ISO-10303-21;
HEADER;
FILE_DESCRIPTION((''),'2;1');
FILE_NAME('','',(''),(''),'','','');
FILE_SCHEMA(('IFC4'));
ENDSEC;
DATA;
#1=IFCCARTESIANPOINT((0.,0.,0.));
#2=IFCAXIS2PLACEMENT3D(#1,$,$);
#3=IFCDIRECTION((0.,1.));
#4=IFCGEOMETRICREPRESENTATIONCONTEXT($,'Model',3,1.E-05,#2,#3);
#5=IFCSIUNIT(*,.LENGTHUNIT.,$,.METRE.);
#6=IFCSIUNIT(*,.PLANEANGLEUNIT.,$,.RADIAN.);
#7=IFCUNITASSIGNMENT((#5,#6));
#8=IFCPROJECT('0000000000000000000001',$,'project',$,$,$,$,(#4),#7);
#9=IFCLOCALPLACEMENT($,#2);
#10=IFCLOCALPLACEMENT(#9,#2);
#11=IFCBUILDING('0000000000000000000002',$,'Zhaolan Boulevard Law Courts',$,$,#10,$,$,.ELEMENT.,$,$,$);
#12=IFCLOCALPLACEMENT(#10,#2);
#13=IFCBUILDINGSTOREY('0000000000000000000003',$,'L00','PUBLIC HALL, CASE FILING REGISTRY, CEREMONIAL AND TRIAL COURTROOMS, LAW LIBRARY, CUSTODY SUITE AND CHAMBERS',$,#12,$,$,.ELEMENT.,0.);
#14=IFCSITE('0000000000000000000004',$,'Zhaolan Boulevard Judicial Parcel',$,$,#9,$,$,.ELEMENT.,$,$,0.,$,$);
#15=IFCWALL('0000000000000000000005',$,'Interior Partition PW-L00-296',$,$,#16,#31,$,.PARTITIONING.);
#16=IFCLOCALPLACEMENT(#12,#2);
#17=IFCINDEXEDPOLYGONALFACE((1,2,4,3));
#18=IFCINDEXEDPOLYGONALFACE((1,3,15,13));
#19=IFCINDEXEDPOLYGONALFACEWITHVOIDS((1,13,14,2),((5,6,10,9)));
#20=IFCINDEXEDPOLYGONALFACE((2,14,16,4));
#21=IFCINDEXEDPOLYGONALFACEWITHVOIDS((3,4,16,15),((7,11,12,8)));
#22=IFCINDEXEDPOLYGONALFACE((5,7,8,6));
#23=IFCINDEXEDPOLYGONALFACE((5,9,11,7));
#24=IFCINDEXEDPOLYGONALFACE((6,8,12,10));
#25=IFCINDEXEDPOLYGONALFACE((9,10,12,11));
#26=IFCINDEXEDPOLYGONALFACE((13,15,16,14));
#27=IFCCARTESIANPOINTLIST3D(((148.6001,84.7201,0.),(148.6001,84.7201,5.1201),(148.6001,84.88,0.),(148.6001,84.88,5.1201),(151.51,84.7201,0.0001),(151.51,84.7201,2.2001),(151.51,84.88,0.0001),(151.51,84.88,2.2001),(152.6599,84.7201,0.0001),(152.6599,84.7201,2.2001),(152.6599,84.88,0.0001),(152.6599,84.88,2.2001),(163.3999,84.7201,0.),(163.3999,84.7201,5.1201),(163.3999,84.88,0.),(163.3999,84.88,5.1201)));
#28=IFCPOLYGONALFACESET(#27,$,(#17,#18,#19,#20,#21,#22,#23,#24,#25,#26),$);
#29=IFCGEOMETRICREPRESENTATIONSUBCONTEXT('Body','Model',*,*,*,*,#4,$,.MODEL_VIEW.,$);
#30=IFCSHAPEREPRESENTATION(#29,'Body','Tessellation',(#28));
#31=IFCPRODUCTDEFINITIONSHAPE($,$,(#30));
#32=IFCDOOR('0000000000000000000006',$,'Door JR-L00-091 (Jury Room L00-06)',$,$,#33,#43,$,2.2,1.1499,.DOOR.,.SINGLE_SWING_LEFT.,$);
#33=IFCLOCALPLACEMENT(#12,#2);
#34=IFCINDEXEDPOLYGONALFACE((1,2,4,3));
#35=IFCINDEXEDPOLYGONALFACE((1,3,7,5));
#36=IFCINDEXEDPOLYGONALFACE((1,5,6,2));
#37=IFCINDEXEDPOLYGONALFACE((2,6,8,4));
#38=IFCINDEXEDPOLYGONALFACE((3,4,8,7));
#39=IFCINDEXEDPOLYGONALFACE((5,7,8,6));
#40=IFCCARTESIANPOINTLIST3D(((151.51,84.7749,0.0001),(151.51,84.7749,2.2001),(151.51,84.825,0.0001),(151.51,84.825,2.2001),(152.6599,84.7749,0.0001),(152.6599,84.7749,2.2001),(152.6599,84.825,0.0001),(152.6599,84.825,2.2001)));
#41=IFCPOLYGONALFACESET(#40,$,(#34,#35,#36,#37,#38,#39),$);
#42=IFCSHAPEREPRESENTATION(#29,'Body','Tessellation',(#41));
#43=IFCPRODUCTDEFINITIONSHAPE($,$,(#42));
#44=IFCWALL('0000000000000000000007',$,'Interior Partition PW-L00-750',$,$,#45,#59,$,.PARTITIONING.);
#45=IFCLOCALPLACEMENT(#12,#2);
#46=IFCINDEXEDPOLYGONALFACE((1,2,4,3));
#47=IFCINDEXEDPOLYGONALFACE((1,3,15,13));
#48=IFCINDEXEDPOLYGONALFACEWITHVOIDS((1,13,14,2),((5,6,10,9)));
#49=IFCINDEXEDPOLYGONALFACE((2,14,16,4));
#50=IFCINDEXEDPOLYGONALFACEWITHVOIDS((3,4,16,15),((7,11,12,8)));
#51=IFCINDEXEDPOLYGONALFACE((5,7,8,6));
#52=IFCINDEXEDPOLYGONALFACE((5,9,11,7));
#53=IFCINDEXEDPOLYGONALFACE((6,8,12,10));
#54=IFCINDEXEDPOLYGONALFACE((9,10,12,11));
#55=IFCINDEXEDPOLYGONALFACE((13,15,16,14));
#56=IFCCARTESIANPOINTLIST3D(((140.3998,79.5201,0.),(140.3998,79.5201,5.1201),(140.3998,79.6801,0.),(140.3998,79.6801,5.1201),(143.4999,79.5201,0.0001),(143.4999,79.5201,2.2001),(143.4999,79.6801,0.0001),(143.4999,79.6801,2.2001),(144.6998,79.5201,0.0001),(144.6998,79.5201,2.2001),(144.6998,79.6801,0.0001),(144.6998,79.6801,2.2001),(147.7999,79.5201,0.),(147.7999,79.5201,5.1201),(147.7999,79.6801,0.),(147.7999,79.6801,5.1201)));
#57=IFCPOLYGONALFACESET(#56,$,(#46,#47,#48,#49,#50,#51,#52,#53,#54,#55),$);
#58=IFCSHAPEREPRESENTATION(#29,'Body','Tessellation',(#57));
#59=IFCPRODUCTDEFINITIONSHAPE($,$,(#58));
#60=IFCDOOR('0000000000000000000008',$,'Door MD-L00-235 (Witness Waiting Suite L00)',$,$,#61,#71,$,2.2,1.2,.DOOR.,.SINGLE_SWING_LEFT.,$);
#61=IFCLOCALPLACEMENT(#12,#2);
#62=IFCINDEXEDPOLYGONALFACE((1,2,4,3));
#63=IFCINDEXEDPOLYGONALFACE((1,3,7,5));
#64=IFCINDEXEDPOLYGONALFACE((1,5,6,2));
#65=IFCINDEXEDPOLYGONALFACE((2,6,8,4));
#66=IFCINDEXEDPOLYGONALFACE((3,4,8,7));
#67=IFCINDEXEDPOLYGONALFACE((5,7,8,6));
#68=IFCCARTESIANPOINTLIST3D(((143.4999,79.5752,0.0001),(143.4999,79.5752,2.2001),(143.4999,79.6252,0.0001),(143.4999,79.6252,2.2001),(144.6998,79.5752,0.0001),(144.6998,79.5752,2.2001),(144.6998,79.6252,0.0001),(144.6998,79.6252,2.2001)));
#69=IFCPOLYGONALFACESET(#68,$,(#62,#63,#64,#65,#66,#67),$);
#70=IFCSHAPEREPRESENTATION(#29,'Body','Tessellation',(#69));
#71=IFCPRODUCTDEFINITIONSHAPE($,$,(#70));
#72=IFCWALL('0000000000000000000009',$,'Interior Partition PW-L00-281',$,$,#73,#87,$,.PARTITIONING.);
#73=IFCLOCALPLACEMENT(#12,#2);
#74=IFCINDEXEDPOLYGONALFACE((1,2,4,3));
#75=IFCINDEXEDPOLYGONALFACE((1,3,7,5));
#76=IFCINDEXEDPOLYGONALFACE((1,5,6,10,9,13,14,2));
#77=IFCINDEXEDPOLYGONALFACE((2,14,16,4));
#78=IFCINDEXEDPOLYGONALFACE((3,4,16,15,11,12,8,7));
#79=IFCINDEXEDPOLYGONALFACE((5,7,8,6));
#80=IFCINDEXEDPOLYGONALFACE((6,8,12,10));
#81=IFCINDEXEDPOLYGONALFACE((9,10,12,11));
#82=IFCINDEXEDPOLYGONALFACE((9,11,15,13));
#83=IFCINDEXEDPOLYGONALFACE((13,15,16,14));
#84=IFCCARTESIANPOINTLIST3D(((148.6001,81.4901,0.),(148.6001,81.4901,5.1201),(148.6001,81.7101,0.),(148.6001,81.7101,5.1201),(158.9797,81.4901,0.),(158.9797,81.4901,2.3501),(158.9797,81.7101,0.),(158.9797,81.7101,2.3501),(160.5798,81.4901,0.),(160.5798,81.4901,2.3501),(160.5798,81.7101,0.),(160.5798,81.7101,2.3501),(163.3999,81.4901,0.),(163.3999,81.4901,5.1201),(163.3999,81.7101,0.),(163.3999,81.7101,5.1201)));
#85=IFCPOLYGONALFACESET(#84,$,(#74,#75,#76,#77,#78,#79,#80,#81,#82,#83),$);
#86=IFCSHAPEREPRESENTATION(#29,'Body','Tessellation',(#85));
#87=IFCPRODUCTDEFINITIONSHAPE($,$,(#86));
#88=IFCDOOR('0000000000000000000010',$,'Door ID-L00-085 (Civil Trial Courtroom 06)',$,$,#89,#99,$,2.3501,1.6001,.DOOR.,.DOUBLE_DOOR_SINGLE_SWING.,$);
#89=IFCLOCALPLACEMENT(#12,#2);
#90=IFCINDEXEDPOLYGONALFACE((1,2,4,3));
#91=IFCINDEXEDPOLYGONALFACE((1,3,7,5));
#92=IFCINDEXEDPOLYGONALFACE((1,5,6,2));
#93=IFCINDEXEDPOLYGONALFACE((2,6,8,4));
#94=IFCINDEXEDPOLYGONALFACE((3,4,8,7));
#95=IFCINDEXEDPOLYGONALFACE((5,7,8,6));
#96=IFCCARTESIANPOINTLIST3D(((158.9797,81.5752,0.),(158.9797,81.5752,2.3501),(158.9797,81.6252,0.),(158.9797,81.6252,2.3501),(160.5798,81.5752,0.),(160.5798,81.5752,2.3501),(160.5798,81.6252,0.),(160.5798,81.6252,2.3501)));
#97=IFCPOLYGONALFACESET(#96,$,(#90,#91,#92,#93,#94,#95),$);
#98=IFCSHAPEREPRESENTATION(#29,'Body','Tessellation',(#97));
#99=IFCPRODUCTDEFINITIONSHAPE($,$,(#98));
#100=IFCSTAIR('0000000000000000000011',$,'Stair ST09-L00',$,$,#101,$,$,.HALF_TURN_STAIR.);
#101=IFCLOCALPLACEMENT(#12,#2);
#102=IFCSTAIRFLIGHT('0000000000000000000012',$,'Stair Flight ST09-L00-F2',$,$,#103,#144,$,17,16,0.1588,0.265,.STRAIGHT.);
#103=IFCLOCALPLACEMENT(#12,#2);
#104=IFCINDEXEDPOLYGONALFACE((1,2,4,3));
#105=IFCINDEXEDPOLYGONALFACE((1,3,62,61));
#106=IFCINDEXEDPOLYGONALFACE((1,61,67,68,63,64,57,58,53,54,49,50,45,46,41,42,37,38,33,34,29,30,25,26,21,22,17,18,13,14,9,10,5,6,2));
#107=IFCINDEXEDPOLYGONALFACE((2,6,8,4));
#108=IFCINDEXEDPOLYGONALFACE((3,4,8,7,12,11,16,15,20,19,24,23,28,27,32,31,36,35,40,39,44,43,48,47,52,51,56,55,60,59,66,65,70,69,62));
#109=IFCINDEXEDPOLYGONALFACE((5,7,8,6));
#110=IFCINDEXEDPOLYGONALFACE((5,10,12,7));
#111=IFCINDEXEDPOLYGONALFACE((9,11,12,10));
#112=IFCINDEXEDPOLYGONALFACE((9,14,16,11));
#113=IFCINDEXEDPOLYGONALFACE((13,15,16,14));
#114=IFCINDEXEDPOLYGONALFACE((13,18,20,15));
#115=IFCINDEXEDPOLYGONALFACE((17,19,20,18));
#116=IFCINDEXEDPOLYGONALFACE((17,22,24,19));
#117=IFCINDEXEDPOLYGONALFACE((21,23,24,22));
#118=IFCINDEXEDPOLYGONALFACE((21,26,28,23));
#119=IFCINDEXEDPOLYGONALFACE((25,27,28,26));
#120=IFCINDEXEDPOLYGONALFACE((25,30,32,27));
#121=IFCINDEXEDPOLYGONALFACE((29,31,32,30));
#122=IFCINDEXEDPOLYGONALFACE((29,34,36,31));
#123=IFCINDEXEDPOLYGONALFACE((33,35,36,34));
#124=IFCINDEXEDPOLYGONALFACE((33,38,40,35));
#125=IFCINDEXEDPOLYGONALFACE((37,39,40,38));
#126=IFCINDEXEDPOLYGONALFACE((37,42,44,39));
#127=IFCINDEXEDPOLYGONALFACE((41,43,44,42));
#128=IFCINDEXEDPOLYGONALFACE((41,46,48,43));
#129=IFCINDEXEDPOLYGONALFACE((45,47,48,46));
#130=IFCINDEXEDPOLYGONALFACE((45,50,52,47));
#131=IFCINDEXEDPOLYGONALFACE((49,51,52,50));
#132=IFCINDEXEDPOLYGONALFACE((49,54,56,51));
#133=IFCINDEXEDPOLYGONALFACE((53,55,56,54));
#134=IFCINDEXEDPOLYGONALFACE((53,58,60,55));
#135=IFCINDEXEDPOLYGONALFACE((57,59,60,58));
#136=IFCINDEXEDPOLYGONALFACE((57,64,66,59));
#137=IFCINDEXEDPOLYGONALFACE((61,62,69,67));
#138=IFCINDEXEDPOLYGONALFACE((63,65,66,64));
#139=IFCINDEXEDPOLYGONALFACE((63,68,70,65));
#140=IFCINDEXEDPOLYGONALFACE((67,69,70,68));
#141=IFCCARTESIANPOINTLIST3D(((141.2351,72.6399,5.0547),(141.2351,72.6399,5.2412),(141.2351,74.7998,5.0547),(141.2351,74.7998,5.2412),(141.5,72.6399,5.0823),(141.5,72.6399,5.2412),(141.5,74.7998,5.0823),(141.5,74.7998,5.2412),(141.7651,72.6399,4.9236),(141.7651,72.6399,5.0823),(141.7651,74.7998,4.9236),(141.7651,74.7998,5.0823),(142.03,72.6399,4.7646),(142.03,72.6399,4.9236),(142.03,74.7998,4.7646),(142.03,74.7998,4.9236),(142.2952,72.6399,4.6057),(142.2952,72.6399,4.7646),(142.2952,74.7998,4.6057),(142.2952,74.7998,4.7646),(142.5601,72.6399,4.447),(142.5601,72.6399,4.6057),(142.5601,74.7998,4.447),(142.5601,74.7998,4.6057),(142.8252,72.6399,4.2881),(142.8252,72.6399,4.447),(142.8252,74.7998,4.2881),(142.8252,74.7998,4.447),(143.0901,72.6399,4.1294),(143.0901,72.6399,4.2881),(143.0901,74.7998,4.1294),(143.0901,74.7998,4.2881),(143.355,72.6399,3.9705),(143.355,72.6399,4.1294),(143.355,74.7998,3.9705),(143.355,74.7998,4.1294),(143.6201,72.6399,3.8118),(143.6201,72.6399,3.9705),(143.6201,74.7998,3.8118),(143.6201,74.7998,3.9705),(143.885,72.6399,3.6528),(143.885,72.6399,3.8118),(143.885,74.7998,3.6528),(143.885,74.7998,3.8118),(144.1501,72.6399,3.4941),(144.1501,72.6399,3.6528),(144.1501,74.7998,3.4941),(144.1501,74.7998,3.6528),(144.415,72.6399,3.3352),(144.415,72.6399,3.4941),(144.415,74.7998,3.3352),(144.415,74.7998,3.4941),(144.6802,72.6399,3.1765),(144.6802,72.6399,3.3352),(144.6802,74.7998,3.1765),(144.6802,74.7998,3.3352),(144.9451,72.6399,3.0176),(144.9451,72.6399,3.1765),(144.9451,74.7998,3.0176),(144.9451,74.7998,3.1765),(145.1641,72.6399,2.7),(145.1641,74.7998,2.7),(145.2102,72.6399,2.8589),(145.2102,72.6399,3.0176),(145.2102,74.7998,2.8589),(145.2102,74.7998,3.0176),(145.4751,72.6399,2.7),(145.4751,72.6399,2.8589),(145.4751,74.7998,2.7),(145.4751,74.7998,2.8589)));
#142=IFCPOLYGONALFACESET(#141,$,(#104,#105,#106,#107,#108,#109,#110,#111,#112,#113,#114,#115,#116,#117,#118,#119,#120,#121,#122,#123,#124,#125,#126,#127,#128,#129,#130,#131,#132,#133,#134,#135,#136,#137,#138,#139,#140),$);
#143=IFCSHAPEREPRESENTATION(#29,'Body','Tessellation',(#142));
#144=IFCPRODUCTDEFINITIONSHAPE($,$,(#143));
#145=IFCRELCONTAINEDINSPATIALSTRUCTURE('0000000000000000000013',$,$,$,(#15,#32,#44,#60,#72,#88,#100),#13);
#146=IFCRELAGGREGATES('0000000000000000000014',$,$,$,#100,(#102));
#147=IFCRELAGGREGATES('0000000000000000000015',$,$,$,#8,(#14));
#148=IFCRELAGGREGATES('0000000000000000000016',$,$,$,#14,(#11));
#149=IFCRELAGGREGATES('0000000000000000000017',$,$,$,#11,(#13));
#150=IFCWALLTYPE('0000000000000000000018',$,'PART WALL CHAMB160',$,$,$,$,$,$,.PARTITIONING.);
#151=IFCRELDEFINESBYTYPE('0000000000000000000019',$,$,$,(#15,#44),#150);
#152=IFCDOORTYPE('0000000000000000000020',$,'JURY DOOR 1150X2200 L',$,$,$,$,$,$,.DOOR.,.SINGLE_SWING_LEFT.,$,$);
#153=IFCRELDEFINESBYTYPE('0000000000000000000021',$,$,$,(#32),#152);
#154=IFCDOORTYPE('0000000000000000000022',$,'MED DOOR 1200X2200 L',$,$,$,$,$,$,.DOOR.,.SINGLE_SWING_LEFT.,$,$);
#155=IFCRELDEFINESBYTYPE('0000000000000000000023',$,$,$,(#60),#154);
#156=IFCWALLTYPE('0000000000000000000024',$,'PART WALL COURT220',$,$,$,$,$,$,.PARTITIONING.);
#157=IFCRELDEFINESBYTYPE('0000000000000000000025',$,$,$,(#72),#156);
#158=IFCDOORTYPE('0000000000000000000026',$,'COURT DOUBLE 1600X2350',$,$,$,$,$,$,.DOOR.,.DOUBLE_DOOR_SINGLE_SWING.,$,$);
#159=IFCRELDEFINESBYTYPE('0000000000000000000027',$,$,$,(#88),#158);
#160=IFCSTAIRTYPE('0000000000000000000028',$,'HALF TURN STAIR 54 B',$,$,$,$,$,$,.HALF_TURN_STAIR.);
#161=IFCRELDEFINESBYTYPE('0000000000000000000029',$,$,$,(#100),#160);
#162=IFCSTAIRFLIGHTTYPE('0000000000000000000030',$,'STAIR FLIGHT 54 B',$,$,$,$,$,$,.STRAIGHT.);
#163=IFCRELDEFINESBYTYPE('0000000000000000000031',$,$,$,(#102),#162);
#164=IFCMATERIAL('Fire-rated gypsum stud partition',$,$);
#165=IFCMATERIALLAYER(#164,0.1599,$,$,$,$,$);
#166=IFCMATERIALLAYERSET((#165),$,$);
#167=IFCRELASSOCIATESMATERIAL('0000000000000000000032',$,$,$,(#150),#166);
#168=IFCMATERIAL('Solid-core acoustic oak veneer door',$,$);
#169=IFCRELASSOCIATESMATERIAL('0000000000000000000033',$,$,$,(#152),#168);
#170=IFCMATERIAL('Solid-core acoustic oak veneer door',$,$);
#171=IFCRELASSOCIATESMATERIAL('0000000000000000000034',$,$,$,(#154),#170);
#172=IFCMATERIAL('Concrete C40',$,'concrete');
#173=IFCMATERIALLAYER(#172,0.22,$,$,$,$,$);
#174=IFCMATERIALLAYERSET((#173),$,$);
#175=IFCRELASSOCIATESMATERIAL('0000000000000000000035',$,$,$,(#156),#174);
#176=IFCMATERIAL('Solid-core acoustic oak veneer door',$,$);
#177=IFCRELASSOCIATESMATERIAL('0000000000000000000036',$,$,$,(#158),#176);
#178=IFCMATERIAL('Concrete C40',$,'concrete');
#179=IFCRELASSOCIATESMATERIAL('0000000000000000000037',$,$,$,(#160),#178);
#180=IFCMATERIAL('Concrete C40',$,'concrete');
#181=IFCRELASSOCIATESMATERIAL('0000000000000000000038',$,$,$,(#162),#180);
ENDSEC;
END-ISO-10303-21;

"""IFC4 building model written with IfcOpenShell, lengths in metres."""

from ifc_helpers import new_model, si_unit, direction, frame, frame_2d, origin, place, context, subcontext, project, spatial, polyline, rectangle, outline, extrude, material, layer, layer_set, type_object, element, fill, aggregate, save


model = new_model("IFC4")

# Units and contexts
model_context = context("Model", 3, precision=1e-05, world=origin(), true_north=direction((0.0, 1.0)))
body_context = subcontext(model_context, "Body", "Model", "MODEL_VIEW")
ifc_project = project(units=[si_unit("LENGTHUNIT", "METRE"), si_unit("PLANEANGLEUNIT", "RADIAN")], contexts=[model_context])

# Site, building, storey
site_placement = place(None, origin())
site = spatial("IfcSite", under=ifc_project, at=site_placement, Name="Zhaolan Boulevard Judicial Parcel", CompositionType="ELEMENT", RefElevation=0.0)
building_placement = place(site_placement, origin())
building = spatial("IfcBuilding", under=site, at=building_placement, Name="Zhaolan Boulevard Law Courts", CompositionType="ELEMENT")
storey_placement = place(building_placement, origin())
storey = spatial("IfcBuildingStorey", under=building, at=storey_placement, Name="L00", Description="PUBLIC HALL, CASE FILING REGISTRY, CEREMONIAL AND TRIAL COURTROOMS, LAW LIBRARY, CUSTODY SUITE AND CHAMBERS", CompositionType="ELEMENT", Elevation=0.0)

# Walls, openings, doors
ifc_material_1 = material(Name="Fire-rated gypsum stud partition")
ifc_layer_1 = layer(ifc_material_1, 0.1599)
ifc_layer_set_1 = layer_set([ifc_layer_1])
wall_type_1 = type_object("IfcWallType", Name="PART WALL CHAMB160", PredefinedType="PARTITIONING", material=ifc_layer_set_1)
wall_1_placement = place(storey_placement, frame((148.6001, 84.8, 0.0), z_axis=(0.0, 0.0, 1.0), x_axis=(1.0, 0.0, 0.0)))
wall_1 = element("IfcWall", 1, at=wall_1_placement, inside=storey, type_object=wall_type_1, Name="Interior Partition PW-L00-296", PredefinedType="PARTITIONING", context=body_context, shape_type="SweptSolid", body=[
    extrude(rectangle(XDim=14.7998, YDim=0.1599, at=frame_2d((7.3999, 0.0))), origin(), (0.0, 0.0, 1.0), 5.1201),
])
opening_1_placement = place(wall_1_placement, frame((2.9099, 0.0, 0.0)))
opening_1 = element("IfcOpeningElement", 2, at=opening_1_placement, cuts=wall_1, PredefinedType="OPENING", context=body_context, shape_type="SweptSolid", body=[
    extrude(rectangle(XDim=1.1499, YDim=2.2, at=frame_2d((0.575, 1.1001))), frame((0.0, 0.0898, 0.0), z_axis=(0.0, -1.0, 0.0), x_axis=(1.0, 0.0, 0.0)), (0.0, 0.0, 1.0), 0.1799),
])
ifc_material_2 = material(Name="Solid-core acoustic oak veneer door")
door_type_1 = type_object("IfcDoorType", Name="JURY DOOR 1150X2200 L", OperationType="SINGLE_SWING_LEFT", PredefinedType="DOOR", material=ifc_material_2)
door_1_placement = place(opening_1_placement, origin())
door_1 = element("IfcDoor", 3, at=door_1_placement, inside=storey, type_object=door_type_1, Name="Door JR-L00-091 (Jury Room L00-06)", OperationType="SINGLE_SWING_LEFT", OverallHeight=2.2, OverallWidth=1.1499, PredefinedType="DOOR", context=body_context, shape_type="SweptSolid", body=[
    extrude(rectangle(XDim=1.1499, YDim=2.2, at=frame_2d((0.575, 1.1001))), frame((0.0, 0.0249, 0.0), z_axis=(0.0, -1.0, 0.0), x_axis=(1.0, 0.0, 0.0)), (0.0, 0.0, 1.0), 0.05),
])
fill(opening_1, door_1)
wall_2_placement = place(storey_placement, frame((147.8, 79.6001, 0.0), z_axis=(0.0, 0.0, 1.0), x_axis=(-1.0, 0.0, 0.0)))
wall_2 = element("IfcWall", 4, at=wall_2_placement, inside=storey, type_object=wall_type_1, Name="Interior Partition PW-L00-750", PredefinedType="PARTITIONING", context=body_context, shape_type="SweptSolid", body=[
    extrude(rectangle(XDim=7.4001, YDim=0.1599, at=frame_2d((3.7002, 0.0))), origin(), (0.0, 0.0, 1.0), 5.1201),
])
opening_2_placement = place(wall_2_placement, frame((3.1001, 0.0, 0.0)))
opening_2 = element("IfcOpeningElement", 5, at=opening_2_placement, cuts=wall_2, PredefinedType="OPENING", context=body_context, shape_type="SweptSolid", body=[
    extrude(rectangle(XDim=1.2, YDim=2.2, at=frame_2d((0.6001, 1.1001))), frame((0.0, 0.0898, 0.0), z_axis=(0.0, -1.0, 0.0), x_axis=(1.0, 0.0, 0.0)), (0.0, 0.0, 1.0), 0.1799),
])
ifc_material_3 = material(Name="Solid-core acoustic oak veneer door")
door_type_2 = type_object("IfcDoorType", Name="MED DOOR 1200X2200 L", OperationType="SINGLE_SWING_LEFT", PredefinedType="DOOR", material=ifc_material_3)
door_2_placement = place(opening_2_placement, origin())
door_2 = element("IfcDoor", 6, at=door_2_placement, inside=storey, type_object=door_type_2, Name="Door MD-L00-235 (Witness Waiting Suite L00)", OperationType="SINGLE_SWING_LEFT", OverallHeight=2.2, OverallWidth=1.2, PredefinedType="DOOR", context=body_context, shape_type="SweptSolid", body=[
    extrude(rectangle(XDim=1.2, YDim=2.2, at=frame_2d((0.6001, 1.1001))), frame((0.0, 0.0249, 0.0), z_axis=(0.0, -1.0, 0.0), x_axis=(1.0, 0.0, 0.0)), (0.0, 0.0, 1.0), 0.05),
])
fill(opening_2, door_2)
ifc_material_4 = material(Name="Concrete C40", Category="concrete")
ifc_layer_2 = layer(ifc_material_4, 0.22)
ifc_layer_set_2 = layer_set([ifc_layer_2])
wall_type_2 = type_object("IfcWallType", Name="PART WALL COURT220", PredefinedType="PARTITIONING", material=ifc_layer_set_2)
wall_3_placement = place(storey_placement, frame((163.3999, 81.6001, 0.0), z_axis=(0.0, 0.0, 1.0), x_axis=(-1.0, 0.0, 0.0)))
wall_3 = element("IfcWall", 7, at=wall_3_placement, inside=storey, type_object=wall_type_2, Name="Interior Partition PW-L00-281", PredefinedType="PARTITIONING", context=body_context, shape_type="SweptSolid", body=[
    extrude(rectangle(XDim=14.7998, YDim=0.22, at=frame_2d((7.3999, 0.0))), origin(), (0.0, 0.0, 1.0), 5.1201),
])
opening_3_placement = place(wall_3_placement, frame((2.8201, 0.0, 0.0)))
opening_3 = element("IfcOpeningElement", 8, at=opening_3_placement, cuts=wall_3, PredefinedType="OPENING", context=body_context, shape_type="SweptSolid", body=[
    extrude(rectangle(XDim=1.6001, YDim=2.3501, at=frame_2d((0.8, 1.175))), frame((0.0, 0.1199, 0.0), z_axis=(0.0, -1.0, 0.0), x_axis=(1.0, 0.0, 0.0)), (0.0, 0.0, 1.0), 0.24),
])
ifc_material_5 = material(Name="Solid-core acoustic oak veneer door")
door_type_3 = type_object("IfcDoorType", Name="COURT DOUBLE 1600X2350", OperationType="DOUBLE_DOOR_SINGLE_SWING", PredefinedType="DOOR", material=ifc_material_5)
door_3_placement = place(opening_3_placement, origin())
door_3 = element("IfcDoor", 9, at=door_3_placement, inside=storey, type_object=door_type_3, Name="Door ID-L00-085 (Civil Trial Courtroom 06)", OperationType="DOUBLE_DOOR_SINGLE_SWING", OverallHeight=2.3501, OverallWidth=1.6001, PredefinedType="DOOR", context=body_context, shape_type="SweptSolid", body=[
    extrude(rectangle(XDim=1.6001, YDim=2.3501, at=frame_2d((0.8, 1.175))), frame((0.0, 0.0249, 0.0), z_axis=(0.0, -1.0, 0.0), x_axis=(1.0, 0.0, 0.0)), (0.0, 0.0, 1.0), 0.05),
])
fill(opening_3, door_3)

# Stair, stair flight
ifc_material_6 = material(Name="Concrete C40", Category="concrete")
stair_type = type_object("IfcStairType", Name="HALF TURN STAIR 54 B", PredefinedType="HALF_TURN_STAIR", material=ifc_material_6)
stair_placement = place(storey_placement, origin())
stair = element("IfcStair", 10, at=stair_placement, inside=storey, type_object=stair_type, Name="Stair ST09-L00", PredefinedType="HALF_TURN_STAIR")
ifc_material_7 = material(Name="Concrete C40", Category="concrete")
stair_flight_type = type_object("IfcStairFlightType", Name="STAIR FLIGHT 54 B", PredefinedType="STRAIGHT", material=ifc_material_7)
stair_flight_placement = place(storey_placement, frame((145.4751, 73.72, 2.7), z_axis=(0.0, 0.0, 1.0), x_axis=(-1.0, 0.0, 0.0)))
stair_flight = element("IfcStairFlight", 11, at=stair_flight_placement, type_object=stair_flight_type, Name="Stair Flight ST09-L00-F2", NumberOfRisers=17, NumberOfTreads=16, PredefinedType="STRAIGHT", RiserHeight=0.1588, TreadLength=0.265, context=body_context, shape_type="SweptSolid", body=[
    extrude(outline(polyline([(0.0, 0.0), (0.0, 0.1589), (0.2649, 0.1589), (0.2649, 0.3176), (0.53, 0.3176), (0.53, 0.4766), (0.7949, 0.4766), (0.7949, 0.6353), (1.0601, 0.6353), (1.0601, 0.7942), (1.325, 0.7942), (1.325, 0.9529), (1.5901, 0.9529), (1.5901, 1.1118), (1.855, 1.1118), (1.855, 1.2705), (2.1201, 1.2705), (2.1201, 1.4294), (2.385, 1.4294), (2.385, 1.5881), (2.6499, 1.5881), (2.6499, 1.7471), (2.915, 1.7471), (2.915, 1.9058), (3.1799, 1.9058), (3.1799, 2.0647), (3.4451, 2.0647), (3.4451, 2.2236), (3.71, 2.2236), (3.71, 2.3823), (3.9751, 2.3823), (3.9751, 2.5413), (4.24, 2.5413), (4.24, 2.7), (4.24, 2.3547), (0.311, 0.0), (0.0, 0.0)])), frame((0.0, 1.0801, 0.0), z_axis=(0.0, -1.0, 0.0), x_axis=(1.0, 0.0, 0.0)), (0.0, 0.0, 1.0), 2.1599),
])
aggregate(stair, [stair_flight])

save(model, "model.ifc")
